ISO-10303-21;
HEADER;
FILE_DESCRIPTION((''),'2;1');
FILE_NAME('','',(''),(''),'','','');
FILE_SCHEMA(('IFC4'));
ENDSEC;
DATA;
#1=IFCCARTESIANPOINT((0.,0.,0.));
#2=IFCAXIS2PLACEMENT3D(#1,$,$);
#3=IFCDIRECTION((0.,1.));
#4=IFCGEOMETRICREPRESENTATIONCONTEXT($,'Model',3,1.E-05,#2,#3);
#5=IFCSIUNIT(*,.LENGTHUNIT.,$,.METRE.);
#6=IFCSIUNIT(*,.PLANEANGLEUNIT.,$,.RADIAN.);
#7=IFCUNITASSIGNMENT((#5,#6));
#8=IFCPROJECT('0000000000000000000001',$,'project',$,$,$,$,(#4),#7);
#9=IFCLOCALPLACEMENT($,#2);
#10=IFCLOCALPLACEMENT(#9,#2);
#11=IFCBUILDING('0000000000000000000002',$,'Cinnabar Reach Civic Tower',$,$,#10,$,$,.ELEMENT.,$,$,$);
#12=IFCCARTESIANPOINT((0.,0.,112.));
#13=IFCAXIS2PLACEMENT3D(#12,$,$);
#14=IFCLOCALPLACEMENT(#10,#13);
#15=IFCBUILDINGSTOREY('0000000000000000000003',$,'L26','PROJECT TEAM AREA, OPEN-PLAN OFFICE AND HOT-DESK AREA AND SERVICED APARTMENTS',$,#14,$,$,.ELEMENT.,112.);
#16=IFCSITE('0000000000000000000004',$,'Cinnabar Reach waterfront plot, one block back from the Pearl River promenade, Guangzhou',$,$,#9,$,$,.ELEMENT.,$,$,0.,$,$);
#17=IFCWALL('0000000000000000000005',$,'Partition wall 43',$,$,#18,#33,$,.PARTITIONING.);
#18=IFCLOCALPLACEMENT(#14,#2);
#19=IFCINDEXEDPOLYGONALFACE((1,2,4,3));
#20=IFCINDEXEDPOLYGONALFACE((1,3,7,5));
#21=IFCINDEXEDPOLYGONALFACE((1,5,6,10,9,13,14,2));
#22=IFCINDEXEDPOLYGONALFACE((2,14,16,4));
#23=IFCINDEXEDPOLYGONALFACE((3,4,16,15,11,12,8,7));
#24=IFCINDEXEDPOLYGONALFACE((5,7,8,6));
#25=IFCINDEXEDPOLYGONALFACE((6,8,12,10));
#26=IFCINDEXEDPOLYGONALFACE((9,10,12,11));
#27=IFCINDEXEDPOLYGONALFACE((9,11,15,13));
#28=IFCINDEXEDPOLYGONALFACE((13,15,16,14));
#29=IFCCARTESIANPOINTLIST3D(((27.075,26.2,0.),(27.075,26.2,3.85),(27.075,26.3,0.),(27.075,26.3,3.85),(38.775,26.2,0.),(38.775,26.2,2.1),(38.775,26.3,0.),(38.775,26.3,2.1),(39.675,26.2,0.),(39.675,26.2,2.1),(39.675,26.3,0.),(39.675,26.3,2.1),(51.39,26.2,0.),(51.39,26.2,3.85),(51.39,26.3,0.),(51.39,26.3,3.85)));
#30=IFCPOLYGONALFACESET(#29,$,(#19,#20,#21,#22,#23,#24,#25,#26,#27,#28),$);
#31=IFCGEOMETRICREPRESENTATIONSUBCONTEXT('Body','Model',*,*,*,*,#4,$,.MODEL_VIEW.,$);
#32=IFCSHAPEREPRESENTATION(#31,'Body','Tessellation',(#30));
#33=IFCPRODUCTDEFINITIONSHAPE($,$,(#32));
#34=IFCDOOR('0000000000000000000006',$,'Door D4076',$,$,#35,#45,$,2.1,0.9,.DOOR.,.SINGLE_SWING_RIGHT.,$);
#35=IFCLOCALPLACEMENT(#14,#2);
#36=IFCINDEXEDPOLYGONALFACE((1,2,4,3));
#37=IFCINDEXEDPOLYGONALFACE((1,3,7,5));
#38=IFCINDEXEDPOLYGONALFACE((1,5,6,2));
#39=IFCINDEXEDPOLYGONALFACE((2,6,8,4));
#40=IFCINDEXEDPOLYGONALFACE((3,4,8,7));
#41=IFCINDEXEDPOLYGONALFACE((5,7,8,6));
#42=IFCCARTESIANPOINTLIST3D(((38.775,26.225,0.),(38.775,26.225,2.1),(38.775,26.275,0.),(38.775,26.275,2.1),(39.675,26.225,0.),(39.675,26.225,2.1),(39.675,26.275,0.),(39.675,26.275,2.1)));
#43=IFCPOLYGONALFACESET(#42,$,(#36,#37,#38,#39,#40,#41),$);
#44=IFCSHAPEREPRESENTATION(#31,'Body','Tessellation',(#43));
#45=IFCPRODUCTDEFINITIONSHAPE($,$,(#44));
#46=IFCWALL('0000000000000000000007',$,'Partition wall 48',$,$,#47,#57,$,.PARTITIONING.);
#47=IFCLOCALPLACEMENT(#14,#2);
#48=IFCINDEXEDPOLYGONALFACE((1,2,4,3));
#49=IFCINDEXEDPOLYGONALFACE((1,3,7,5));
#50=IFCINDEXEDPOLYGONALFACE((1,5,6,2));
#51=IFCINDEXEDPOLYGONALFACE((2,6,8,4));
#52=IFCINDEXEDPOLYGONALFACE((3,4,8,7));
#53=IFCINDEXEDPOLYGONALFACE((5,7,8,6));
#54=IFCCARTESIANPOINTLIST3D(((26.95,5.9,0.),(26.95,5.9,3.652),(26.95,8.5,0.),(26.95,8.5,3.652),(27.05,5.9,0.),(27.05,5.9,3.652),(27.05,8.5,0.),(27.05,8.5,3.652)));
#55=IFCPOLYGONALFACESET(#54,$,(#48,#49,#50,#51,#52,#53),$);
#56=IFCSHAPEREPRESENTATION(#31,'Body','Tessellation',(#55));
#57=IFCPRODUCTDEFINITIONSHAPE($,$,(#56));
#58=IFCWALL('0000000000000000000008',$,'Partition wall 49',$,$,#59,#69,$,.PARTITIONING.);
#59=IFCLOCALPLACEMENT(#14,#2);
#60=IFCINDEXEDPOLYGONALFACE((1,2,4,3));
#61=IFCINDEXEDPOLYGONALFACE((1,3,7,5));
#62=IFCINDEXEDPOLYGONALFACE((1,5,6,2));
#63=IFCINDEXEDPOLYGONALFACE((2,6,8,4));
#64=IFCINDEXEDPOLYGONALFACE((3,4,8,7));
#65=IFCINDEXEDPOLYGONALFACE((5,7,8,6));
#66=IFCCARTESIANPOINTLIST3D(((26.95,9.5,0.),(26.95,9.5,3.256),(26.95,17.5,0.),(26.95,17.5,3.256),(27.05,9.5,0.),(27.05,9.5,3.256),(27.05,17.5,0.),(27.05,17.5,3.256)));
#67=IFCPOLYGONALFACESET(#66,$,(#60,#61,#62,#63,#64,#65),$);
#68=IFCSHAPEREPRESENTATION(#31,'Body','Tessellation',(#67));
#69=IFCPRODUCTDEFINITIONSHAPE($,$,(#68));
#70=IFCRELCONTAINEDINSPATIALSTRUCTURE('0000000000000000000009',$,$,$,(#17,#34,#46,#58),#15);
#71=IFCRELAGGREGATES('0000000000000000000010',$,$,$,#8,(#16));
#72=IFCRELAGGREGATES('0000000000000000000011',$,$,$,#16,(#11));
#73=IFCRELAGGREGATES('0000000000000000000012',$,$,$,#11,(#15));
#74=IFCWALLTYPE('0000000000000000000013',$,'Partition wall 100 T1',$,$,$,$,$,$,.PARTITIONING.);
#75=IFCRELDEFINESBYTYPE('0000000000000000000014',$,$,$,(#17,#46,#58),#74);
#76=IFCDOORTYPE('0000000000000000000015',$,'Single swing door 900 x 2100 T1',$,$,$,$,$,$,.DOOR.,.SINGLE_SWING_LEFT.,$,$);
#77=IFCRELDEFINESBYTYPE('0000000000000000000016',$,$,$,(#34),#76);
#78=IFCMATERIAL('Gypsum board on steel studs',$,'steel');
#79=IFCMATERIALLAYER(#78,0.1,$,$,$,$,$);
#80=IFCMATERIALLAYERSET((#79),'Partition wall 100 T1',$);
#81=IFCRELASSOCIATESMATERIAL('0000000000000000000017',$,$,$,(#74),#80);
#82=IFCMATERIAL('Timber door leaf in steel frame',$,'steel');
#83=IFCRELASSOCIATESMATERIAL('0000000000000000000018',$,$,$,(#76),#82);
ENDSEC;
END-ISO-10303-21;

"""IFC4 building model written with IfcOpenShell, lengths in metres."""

from ifc_helpers import new_model, si_unit, direction, frame, frame_2d, origin, place, context, subcontext, project, spatial, rectangle, extrude, material, layer, layer_set, type_object, element, fill, save


model = new_model("IFC4")

# Units and contexts
model_context = context("Model", 3, precision=1e-05, world=origin(), true_north=direction((0.0, 1.0)))
body_context = subcontext(model_context, "Body", "Model", "MODEL_VIEW")
ifc_project = project(units=[si_unit("LENGTHUNIT", "METRE"), si_unit("PLANEANGLEUNIT", "RADIAN")], contexts=[model_context])

# Site, building, storey
site_placement = place(None, origin())
site = spatial("IfcSite", under=ifc_project, at=site_placement, Name="Cinnabar Reach waterfront plot, one block back from the Pearl River promenade, Guangzhou", CompositionType="ELEMENT", RefElevation=0.0)
building_placement = place(site_placement, origin())
building = spatial("IfcBuilding", under=site, at=building_placement, Name="Cinnabar Reach Civic Tower", CompositionType="ELEMENT")
storey_placement = place(building_placement, frame((0.0, 0.0, 112.0)))
storey = spatial("IfcBuildingStorey", under=building, at=storey_placement, Name="L26", Description="PROJECT TEAM AREA, OPEN-PLAN OFFICE AND HOT-DESK AREA AND SERVICED APARTMENTS", CompositionType="ELEMENT", Elevation=112.0)

# Shared definitions
ifc_material_1 = material(Name="Timber door leaf in steel frame", Category="steel")

# Wall, opening, door
ifc_material_2 = material(Name="Gypsum board on steel studs", Category="steel")
ifc_layer_1 = layer(ifc_material_2, 0.1)
ifc_layer_set_1 = layer_set([ifc_layer_1], Name="Partition wall 100 T1")
wall_type_1 = type_object("IfcWallType", Name="Partition wall 100 T1", PredefinedType="PARTITIONING", material=ifc_layer_set_1)
wall_1_placement = place(storey_placement, frame((27.075, 26.25, 0.0), z_axis=(0.0, 0.0, 1.0), x_axis=(1.0, 0.0, 0.0)))
wall_1 = element("IfcWall", 1, at=wall_1_placement, inside=storey, type_object=wall_type_1, Name="Partition wall 43", PredefinedType="PARTITIONING", context=body_context, shape_type="SweptSolid", body=[
    extrude(rectangle(XDim=24.315, YDim=0.1, at=frame_2d((12.1575, 0.0))), origin(), (0.0, 0.0, 1.0), 3.85),
])
opening_1_placement = place(wall_1_placement, frame((11.7, 0.0, 0.0)))
opening_1 = element("IfcOpeningElement", 2, at=opening_1_placement, cuts=wall_1, PredefinedType="OPENING", context=body_context, shape_type="SweptSolid", body=[
    extrude(rectangle(XDim=0.9, YDim=2.1, at=frame_2d((0.45, 1.05))), frame((0.0, 0.06, 0.0), z_axis=(0.0, -1.0, 0.0), x_axis=(1.0, 0.0, 0.0)), (0.0, 0.0, 1.0), 0.12),
])
door_type_1 = type_object("IfcDoorType", Name="Single swing door 900 x 2100 T1", OperationType="SINGLE_SWING_LEFT", PredefinedType="DOOR", material=ifc_material_1)
door_1_placement = place(opening_1_placement, origin())
door_1 = element("IfcDoor", 3, at=door_1_placement, inside=storey, type_object=door_type_1, Name="Door D4076", OperationType="SINGLE_SWING_RIGHT", OverallHeight=2.1, OverallWidth=0.9, PredefinedType="DOOR", context=body_context, shape_type="SweptSolid", body=[
    extrude(rectangle(XDim=0.9, YDim=2.1, at=frame_2d((0.45, 1.05))), frame((0.0, 0.025, 0.0), z_axis=(0.0, -1.0, 0.0), x_axis=(1.0, 0.0, 0.0)), (0.0, 0.0, 1.0), 0.05),
])
fill(opening_1, door_1)

# Walls
wall_2_placement = place(storey_placement, frame((27.0, 5.9, 0.0), z_axis=(0.0, 0.0, 1.0), x_axis=(0.0, 1.0, 0.0)))
element("IfcWall", 4, at=wall_2_placement, inside=storey, type_object=wall_type_1, Name="Partition wall 48", PredefinedType="PARTITIONING", context=body_context, shape_type="SweptSolid", body=[
    extrude(rectangle(XDim=2.6, YDim=0.1, at=frame_2d((1.3, 0.0))), origin(), (0.0, 0.0, 1.0), 3.652),
])
wall_3_placement = place(storey_placement, frame((27.0, 9.5, 0.0), z_axis=(0.0, 0.0, 1.0), x_axis=(0.0, 1.0, 0.0)))
element("IfcWall", 5, at=wall_3_placement, inside=storey, type_object=wall_type_1, Name="Partition wall 49", PredefinedType="PARTITIONING", context=body_context, shape_type="SweptSolid", body=[
    extrude(rectangle(XDim=8.0, YDim=0.1, at=frame_2d((4.0, 0.0))), origin(), (0.0, 0.0, 1.0), 3.256),
])

save(model, "model.ifc")
